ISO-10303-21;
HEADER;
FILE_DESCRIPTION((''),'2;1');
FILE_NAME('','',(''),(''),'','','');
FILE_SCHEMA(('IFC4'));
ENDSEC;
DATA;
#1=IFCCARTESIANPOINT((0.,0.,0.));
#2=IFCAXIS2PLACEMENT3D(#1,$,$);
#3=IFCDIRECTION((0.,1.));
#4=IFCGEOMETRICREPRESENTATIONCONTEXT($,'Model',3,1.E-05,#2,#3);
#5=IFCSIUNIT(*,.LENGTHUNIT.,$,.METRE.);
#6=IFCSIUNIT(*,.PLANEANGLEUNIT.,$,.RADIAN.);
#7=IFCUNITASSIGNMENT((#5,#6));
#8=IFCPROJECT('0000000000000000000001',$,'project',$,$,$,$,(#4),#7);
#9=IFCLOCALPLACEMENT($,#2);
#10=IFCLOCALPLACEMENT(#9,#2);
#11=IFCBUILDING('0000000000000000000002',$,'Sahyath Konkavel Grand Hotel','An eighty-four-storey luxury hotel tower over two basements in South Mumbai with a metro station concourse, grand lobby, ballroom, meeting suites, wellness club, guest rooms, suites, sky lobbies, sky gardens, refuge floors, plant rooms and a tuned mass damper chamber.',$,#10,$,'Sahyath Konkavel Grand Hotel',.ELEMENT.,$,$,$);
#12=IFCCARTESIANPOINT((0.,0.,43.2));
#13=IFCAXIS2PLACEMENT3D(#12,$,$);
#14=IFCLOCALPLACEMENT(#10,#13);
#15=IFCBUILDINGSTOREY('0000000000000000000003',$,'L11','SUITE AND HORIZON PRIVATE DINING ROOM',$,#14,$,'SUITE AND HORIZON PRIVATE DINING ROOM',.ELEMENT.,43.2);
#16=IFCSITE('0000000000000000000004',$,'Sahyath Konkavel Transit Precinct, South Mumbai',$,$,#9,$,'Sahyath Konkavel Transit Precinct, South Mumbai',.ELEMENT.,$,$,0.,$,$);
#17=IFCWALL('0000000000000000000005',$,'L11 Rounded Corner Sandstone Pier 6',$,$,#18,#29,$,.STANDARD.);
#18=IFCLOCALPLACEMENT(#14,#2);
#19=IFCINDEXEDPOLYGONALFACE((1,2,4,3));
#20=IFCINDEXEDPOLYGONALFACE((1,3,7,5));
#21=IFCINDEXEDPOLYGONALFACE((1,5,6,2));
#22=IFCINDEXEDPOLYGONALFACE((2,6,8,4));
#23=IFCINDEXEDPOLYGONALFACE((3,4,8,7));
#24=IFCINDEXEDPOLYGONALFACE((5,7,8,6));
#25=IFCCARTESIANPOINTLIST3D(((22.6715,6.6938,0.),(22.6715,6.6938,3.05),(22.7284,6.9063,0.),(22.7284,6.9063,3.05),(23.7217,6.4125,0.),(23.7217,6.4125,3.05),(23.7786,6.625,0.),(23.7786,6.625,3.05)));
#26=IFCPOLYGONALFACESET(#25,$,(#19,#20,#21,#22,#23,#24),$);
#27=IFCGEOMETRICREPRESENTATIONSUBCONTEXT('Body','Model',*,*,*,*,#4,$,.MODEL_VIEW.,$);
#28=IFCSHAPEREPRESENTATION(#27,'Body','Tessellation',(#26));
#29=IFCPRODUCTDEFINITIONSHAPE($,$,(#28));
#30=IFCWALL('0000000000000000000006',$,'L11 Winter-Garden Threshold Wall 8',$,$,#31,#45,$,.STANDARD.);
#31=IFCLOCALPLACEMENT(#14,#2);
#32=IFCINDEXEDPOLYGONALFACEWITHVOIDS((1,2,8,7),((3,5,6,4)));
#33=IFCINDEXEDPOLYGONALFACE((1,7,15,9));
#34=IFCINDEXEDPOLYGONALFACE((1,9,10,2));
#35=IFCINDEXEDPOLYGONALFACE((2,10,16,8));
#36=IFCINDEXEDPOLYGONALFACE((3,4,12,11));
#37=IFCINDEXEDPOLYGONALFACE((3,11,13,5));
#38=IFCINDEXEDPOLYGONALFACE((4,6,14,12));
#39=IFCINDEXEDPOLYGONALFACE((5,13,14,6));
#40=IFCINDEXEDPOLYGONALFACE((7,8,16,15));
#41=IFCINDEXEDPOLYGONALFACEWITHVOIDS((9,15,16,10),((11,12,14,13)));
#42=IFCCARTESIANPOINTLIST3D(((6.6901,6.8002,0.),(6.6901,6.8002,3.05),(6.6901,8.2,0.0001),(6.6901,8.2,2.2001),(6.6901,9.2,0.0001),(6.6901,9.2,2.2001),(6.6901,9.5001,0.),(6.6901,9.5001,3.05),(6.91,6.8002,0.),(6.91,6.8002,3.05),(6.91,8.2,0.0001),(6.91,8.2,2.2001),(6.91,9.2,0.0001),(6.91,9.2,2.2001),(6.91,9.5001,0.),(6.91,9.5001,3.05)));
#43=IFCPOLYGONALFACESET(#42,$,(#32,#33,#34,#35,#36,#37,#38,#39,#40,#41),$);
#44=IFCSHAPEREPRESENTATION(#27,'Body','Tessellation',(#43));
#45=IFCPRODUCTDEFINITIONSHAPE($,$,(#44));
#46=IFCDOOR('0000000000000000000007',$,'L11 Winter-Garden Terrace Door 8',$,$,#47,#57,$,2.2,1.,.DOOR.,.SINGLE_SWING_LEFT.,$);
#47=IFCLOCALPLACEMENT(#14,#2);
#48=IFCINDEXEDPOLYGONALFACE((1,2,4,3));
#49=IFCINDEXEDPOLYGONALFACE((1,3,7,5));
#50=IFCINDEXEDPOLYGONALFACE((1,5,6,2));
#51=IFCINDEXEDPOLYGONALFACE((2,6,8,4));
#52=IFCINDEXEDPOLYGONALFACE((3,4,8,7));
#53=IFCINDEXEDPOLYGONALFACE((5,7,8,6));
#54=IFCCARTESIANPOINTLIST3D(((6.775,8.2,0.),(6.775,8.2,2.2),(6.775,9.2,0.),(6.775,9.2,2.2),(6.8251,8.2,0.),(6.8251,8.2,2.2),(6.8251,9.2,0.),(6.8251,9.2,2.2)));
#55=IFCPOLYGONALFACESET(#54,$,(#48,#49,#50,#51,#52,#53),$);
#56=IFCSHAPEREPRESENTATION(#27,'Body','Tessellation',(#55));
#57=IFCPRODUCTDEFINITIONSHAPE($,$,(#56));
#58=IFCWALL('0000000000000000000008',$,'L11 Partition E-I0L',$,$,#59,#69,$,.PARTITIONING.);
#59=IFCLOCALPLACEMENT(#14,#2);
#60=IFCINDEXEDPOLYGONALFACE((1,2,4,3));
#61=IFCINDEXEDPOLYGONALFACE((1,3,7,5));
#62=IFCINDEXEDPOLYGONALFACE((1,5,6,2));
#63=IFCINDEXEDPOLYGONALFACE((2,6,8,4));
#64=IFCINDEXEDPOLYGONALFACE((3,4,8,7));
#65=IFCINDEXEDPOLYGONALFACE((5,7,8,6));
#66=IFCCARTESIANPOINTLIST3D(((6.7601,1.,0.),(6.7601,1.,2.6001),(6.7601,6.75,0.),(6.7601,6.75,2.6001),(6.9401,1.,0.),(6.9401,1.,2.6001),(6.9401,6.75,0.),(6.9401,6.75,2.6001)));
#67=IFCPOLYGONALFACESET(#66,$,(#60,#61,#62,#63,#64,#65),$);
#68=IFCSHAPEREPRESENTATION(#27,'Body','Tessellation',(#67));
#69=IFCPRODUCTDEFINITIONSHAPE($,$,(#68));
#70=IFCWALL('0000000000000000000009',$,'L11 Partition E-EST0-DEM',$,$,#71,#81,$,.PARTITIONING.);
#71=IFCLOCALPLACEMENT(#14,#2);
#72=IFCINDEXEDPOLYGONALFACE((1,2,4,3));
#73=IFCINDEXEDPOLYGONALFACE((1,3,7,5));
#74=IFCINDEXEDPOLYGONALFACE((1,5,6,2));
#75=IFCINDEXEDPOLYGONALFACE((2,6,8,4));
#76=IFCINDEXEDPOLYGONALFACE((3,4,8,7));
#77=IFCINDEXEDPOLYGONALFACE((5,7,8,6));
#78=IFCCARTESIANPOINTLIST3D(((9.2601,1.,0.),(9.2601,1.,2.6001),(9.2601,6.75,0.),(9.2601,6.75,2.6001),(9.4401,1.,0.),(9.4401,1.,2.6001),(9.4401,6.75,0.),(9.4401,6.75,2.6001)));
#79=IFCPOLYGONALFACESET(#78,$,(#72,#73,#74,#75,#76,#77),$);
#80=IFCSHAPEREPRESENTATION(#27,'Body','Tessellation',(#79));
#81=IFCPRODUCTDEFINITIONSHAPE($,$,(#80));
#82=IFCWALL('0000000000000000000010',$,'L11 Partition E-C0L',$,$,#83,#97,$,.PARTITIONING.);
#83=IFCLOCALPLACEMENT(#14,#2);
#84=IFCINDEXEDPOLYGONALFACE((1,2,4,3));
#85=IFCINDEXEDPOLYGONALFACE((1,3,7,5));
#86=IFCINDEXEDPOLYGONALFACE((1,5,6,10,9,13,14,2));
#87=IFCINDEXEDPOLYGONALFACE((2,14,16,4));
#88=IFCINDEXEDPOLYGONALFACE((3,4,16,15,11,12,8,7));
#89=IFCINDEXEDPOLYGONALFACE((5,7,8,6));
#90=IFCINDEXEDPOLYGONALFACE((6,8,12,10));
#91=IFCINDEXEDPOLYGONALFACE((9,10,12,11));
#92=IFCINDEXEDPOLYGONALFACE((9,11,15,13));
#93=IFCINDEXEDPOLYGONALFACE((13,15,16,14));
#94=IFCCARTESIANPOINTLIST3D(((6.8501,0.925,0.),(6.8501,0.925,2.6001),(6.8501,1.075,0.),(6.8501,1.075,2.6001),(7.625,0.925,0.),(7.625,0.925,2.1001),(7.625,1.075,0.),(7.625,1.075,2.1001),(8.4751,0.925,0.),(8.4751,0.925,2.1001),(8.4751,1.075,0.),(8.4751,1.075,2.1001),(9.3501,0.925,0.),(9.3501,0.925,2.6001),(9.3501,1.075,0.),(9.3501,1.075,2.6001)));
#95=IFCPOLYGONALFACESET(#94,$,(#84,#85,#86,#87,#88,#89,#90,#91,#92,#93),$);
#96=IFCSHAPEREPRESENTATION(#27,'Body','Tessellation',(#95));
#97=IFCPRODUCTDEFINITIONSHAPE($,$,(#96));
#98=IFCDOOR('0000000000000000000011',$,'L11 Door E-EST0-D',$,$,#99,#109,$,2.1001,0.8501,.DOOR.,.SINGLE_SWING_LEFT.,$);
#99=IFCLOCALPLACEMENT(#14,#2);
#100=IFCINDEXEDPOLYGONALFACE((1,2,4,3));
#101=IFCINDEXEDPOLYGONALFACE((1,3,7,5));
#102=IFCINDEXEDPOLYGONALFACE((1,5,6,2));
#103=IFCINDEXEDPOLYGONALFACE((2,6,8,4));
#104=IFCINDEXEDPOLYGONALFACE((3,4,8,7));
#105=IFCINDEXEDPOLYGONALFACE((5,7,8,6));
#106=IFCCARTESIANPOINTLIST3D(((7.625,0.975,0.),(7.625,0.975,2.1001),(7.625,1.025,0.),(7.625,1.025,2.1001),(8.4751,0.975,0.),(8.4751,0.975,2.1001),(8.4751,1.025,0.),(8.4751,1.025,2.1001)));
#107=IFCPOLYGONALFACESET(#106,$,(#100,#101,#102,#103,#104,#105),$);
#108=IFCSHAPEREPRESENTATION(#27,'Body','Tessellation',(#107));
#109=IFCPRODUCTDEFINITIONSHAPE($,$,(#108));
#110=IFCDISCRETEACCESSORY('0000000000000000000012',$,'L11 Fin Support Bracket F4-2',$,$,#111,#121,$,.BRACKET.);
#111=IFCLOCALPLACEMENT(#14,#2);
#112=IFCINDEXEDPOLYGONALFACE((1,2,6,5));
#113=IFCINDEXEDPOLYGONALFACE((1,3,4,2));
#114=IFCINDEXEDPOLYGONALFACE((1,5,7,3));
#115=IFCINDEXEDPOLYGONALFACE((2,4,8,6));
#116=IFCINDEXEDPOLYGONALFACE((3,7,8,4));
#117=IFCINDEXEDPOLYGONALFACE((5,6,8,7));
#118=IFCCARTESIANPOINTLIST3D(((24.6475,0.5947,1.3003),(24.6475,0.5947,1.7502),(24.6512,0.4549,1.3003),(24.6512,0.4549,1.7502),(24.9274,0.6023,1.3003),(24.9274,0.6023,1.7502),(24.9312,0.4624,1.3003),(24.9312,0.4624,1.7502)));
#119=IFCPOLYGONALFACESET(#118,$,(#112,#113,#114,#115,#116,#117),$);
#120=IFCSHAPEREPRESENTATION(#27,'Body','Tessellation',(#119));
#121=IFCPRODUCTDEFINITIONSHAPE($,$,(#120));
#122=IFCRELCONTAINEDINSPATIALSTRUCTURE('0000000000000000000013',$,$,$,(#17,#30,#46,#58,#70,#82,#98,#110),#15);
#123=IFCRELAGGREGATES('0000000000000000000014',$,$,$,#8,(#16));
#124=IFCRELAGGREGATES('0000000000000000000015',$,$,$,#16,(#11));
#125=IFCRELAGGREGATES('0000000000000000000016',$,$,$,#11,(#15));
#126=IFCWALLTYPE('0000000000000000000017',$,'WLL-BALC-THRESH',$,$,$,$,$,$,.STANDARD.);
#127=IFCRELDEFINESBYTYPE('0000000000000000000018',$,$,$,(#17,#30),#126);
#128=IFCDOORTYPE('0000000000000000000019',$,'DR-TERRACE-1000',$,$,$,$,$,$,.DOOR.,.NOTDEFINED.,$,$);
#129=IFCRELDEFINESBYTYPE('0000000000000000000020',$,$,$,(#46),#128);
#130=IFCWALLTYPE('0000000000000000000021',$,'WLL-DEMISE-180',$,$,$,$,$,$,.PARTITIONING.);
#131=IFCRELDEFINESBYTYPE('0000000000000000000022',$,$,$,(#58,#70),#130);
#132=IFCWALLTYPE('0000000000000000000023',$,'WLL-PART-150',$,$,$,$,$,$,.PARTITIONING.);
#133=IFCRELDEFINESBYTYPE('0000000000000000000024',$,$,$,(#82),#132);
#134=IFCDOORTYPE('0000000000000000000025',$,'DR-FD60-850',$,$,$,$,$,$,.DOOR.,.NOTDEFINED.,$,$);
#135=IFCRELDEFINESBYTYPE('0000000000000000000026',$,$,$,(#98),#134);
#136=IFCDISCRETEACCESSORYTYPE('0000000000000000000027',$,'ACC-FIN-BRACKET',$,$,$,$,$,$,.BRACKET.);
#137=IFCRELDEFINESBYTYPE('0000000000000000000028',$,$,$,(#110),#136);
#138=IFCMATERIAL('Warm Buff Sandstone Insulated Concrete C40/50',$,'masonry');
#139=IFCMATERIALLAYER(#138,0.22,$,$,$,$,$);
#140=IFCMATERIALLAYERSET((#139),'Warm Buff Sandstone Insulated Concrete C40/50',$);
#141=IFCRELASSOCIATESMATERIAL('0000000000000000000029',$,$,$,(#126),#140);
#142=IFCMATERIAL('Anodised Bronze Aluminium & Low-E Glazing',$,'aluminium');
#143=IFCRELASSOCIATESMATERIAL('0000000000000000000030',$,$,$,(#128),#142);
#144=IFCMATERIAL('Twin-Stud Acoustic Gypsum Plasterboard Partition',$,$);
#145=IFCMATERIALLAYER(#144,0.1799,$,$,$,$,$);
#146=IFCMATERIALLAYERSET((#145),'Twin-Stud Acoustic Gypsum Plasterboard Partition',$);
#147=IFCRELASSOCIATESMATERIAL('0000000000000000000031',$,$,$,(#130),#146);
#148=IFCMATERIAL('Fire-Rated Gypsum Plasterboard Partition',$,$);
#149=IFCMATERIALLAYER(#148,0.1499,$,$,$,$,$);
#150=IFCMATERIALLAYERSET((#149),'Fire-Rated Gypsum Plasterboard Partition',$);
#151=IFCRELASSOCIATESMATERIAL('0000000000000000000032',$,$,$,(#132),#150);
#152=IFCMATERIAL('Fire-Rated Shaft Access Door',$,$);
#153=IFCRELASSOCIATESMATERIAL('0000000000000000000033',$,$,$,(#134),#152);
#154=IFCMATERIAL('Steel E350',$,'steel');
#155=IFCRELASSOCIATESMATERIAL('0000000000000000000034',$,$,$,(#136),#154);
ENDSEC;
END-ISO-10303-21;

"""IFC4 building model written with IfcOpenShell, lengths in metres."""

from ifc_helpers import new_model, si_unit, direction, frame, frame_2d, origin, origin_2d, place, context, subcontext, project, spatial, rectangle, extrude, source, transform, mapped, material, layer, layer_set, type_object, element, fill, save


model = new_model("IFC4")

# Units and contexts
model_context = context("Model", 3, precision=1e-05, world=origin(), true_north=direction((0.0, 1.0)))
body_context = subcontext(model_context, "Body", "Model", "MODEL_VIEW")
ifc_project = project(units=[si_unit("LENGTHUNIT", "METRE"), si_unit("PLANEANGLEUNIT", "RADIAN")], contexts=[model_context])

# Site, building, storey
site_placement = place(None, origin())
site = spatial("IfcSite", under=ifc_project, at=site_placement, Name="Sahyath Konkavel Transit Precinct, South Mumbai", LongName="Sahyath Konkavel Transit Precinct, South Mumbai", CompositionType="ELEMENT", RefElevation=0.0)
building_placement = place(site_placement, origin())
building = spatial("IfcBuilding", under=site, at=building_placement, Name="Sahyath Konkavel Grand Hotel", Description="An eighty-four-storey luxury hotel tower over two basements in South Mumbai with a metro station concourse, grand lobby, ballroom, meeting suites, wellness club, guest rooms, suites, sky lobbies, sky gardens, refuge floors, plant rooms and a tuned mass damper chamber.", LongName="Sahyath Konkavel Grand Hotel", CompositionType="ELEMENT")
storey_placement = place(building_placement, frame((0.0, 0.0, 43.2)))
storey = spatial("IfcBuildingStorey", under=building, at=storey_placement, Name="L11", Description="SUITE AND HORIZON PRIVATE DINING ROOM", LongName="SUITE AND HORIZON PRIVATE DINING ROOM", CompositionType="ELEMENT", Elevation=43.2)

# Shared definitions
ifc_material_1 = material(Name="Steel E350", Category="steel")

# Shared definitions
ifc_material_2 = material(Name="Anodised Bronze Aluminium & Low-E Glazing", Category="aluminium")

# Wall
ifc_material_3 = material(Name="Warm Buff Sandstone Insulated Concrete C40/50", Category="masonry")
ifc_layer_1 = layer(ifc_material_3, 0.22)
ifc_layer_set_1 = layer_set([ifc_layer_1], Name="Warm Buff Sandstone Insulated Concrete C40/50")
wall_type_1 = type_object("IfcWallType", Name="WLL-BALC-THRESH", PredefinedType="STANDARD", material=ifc_layer_set_1)
for number, where, z_axis, x_axis, name in (
    (1, (23.75, 6.5188, 0.0), (0.0, 0.0, 1.0), (-0.965951, 0.258725, 0.0), "L11 Rounded Corner Sandstone Pier 6"),
):
    element("IfcWall", number, at=place(storey_placement, frame(where, z_axis=z_axis, x_axis=x_axis)), inside=storey, type_object=wall_type_1, Name=name, PredefinedType="STANDARD", context=body_context, shape_type="SweptSolid", body=[
        extrude(rectangle(XDim=1.0872, YDim=0.22, at=frame_2d((0.5435, 0.0))), origin(), (0.0, 0.0, 1.0), 3.05),
    ])

# Wall, opening, door
wall_1_placement = place(storey_placement, frame((6.8, 6.8, 0.0), z_axis=(0.0, 0.0, 1.0), x_axis=(0.0, 1.0, 0.0)))
wall_1 = element("IfcWall", 2, at=wall_1_placement, inside=storey, type_object=wall_type_1, Name="L11 Winter-Garden Threshold Wall 8", PredefinedType="STANDARD", context=body_context, shape_type="SweptSolid", body=[
    extrude(rectangle(XDim=2.7, YDim=0.22, at=frame_2d((1.3501, 0.0))), origin(), (0.0, 0.0, 1.0), 3.05),
])
opening_1_placement = place(wall_1_placement, frame((1.3999, 0.0, 0.0)))
opening_1 = element("IfcOpeningElement", 3, at=opening_1_placement, cuts=wall_1, PredefinedType="OPENING", context=body_context, shape_type="SweptSolid", body=[
    extrude(rectangle(XDim=1.0, YDim=2.2, at=frame_2d((0.5, 1.1001))), frame((0.0, 0.1201, 0.0), z_axis=(0.0, -1.0, 0.0), x_axis=(1.0, 0.0, 0.0)), (0.0, 0.0, 1.0), 0.24),
])
door_type_1 = type_object("IfcDoorType", Name="DR-TERRACE-1000", OperationType="NOTDEFINED", PredefinedType="DOOR", material=ifc_material_2)
shared_shape_1 = source(origin(), body_context, "Body", "SweptSolid", [
    extrude(rectangle(XDim=1.0, YDim=0.05, at=origin_2d()), origin(), (0.0, 0.0, 1.0), 2.2),
])
door_1_placement = place(opening_1_placement, frame((0.5, 0.0, 0.0)))
door_1 = element("IfcDoor", 4, at=door_1_placement, inside=storey, type_object=door_type_1, Name="L11 Winter-Garden Terrace Door 8", OperationType="SINGLE_SWING_LEFT", OverallHeight=2.2, OverallWidth=1.0, PredefinedType="DOOR", context=body_context, shape_type="MappedRepresentation", body=[
    mapped(shared_shape_1, transform((0.0, 0.0, 0.0), scale=1.0)),
])
fill(opening_1, door_1)

# Walls
ifc_material_4 = material(Name="Twin-Stud Acoustic Gypsum Plasterboard Partition")
ifc_layer_2 = layer(ifc_material_4, 0.1799)
ifc_layer_set_2 = layer_set([ifc_layer_2], Name="Twin-Stud Acoustic Gypsum Plasterboard Partition")
wall_type_2 = type_object("IfcWallType", Name="WLL-DEMISE-180", PredefinedType="PARTITIONING", material=ifc_layer_set_2)
for number, where, z_axis, x_axis, name in (
    (5, (6.8501, 1.0, 0.0), (0.0, 0.0, 1.0), (0.0, 1.0, 0.0), "L11 Partition E-I0L"),
    (6, (9.3501, 1.0, 0.0), (0.0, 0.0, 1.0), (0.0, 1.0, 0.0), "L11 Partition E-EST0-DEM"),
):
    element("IfcWall", number, at=place(storey_placement, frame(where, z_axis=z_axis, x_axis=x_axis)), inside=storey, type_object=wall_type_2, Name=name, PredefinedType="PARTITIONING", context=body_context, shape_type="SweptSolid", body=[
        extrude(rectangle(XDim=5.75, YDim=0.1799, at=frame_2d((2.875, 0.0))), origin(), (0.0, 0.0, 1.0), 2.6001),
    ])

# Wall, opening, door
ifc_material_5 = material(Name="Fire-Rated Gypsum Plasterboard Partition")
ifc_layer_3 = layer(ifc_material_5, 0.1499)
ifc_layer_set_3 = layer_set([ifc_layer_3], Name="Fire-Rated Gypsum Plasterboard Partition")
wall_type_3 = type_object("IfcWallType", Name="WLL-PART-150", PredefinedType="PARTITIONING", material=ifc_layer_set_3)
wall_2_placement = place(storey_placement, frame((6.8501, 1.0, 0.0), z_axis=(0.0, 0.0, 1.0), x_axis=(1.0, 0.0, 0.0)))
wall_2 = element("IfcWall", 7, at=wall_2_placement, inside=storey, type_object=wall_type_3, Name="L11 Partition E-C0L", PredefinedType="PARTITIONING", context=body_context, shape_type="SweptSolid", body=[
    extrude(rectangle(XDim=2.5, YDim=0.1499, at=frame_2d((1.25, 0.0))), origin(), (0.0, 0.0, 1.0), 2.6001),
])
opening_2_placement = place(wall_2_placement, frame((0.7749, 0.0, 0.0)))
opening_2 = element("IfcOpeningElement", 8, at=opening_2_placement, cuts=wall_2, PredefinedType="OPENING", context=body_context, shape_type="SweptSolid", body=[
    extrude(rectangle(XDim=0.8501, YDim=2.1001, at=frame_2d((0.425, 1.05))), frame((0.0, 0.085, 0.0), z_axis=(0.0, -1.0, 0.0), x_axis=(1.0, 0.0, 0.0)), (0.0, 0.0, 1.0), 0.1699),
])
ifc_material_6 = material(Name="Fire-Rated Shaft Access Door")
door_type_2 = type_object("IfcDoorType", Name="DR-FD60-850", OperationType="NOTDEFINED", PredefinedType="DOOR", material=ifc_material_6)
shared_shape_2 = source(origin(), body_context, "Body", "SweptSolid", [
    extrude(rectangle(XDim=0.8501, YDim=0.05, at=origin_2d()), origin(), (0.0, 0.0, 1.0), 2.1001),
])
door_2_placement = place(opening_2_placement, frame((0.425, 0.0, 0.0)))
door_2 = element("IfcDoor", 9, at=door_2_placement, inside=storey, type_object=door_type_2, Name="L11 Door E-EST0-D", OperationType="SINGLE_SWING_LEFT", OverallHeight=2.1001, OverallWidth=0.8501, PredefinedType="DOOR", context=body_context, shape_type="MappedRepresentation", body=[
    mapped(shared_shape_2, transform((0.0, 0.0, 0.0), scale=1.0)),
])
fill(opening_2, door_2)

# Discrete accessory
discrete_accessory_type = type_object("IfcDiscreteAccessoryType", Name="ACC-FIN-BRACKET", PredefinedType="BRACKET", material=ifc_material_1)
shared_shape_3 = source(origin(), body_context, "Body", "SweptSolid", [
    extrude(rectangle(XDim=0.28, YDim=0.1399, at=origin_2d()), origin(), (0.0, 0.0, 1.0), 0.45),
])
discrete_accessory_placement = place(storey_placement, frame((24.7893, 0.5286, 1.3003), z_axis=(0.0, 0.0, 1.0), x_axis=(0.999638, 0.02691, 0.0)))
element("IfcDiscreteAccessory", 10, at=discrete_accessory_placement, inside=storey, type_object=discrete_accessory_type, Name="L11 Fin Support Bracket F4-2", PredefinedType="BRACKET", context=body_context, shape_type="MappedRepresentation", body=[
    mapped(shared_shape_3, transform((0.0, 0.0, 0.0), scale=1.0)),
])

save(model, "model.ifc")
